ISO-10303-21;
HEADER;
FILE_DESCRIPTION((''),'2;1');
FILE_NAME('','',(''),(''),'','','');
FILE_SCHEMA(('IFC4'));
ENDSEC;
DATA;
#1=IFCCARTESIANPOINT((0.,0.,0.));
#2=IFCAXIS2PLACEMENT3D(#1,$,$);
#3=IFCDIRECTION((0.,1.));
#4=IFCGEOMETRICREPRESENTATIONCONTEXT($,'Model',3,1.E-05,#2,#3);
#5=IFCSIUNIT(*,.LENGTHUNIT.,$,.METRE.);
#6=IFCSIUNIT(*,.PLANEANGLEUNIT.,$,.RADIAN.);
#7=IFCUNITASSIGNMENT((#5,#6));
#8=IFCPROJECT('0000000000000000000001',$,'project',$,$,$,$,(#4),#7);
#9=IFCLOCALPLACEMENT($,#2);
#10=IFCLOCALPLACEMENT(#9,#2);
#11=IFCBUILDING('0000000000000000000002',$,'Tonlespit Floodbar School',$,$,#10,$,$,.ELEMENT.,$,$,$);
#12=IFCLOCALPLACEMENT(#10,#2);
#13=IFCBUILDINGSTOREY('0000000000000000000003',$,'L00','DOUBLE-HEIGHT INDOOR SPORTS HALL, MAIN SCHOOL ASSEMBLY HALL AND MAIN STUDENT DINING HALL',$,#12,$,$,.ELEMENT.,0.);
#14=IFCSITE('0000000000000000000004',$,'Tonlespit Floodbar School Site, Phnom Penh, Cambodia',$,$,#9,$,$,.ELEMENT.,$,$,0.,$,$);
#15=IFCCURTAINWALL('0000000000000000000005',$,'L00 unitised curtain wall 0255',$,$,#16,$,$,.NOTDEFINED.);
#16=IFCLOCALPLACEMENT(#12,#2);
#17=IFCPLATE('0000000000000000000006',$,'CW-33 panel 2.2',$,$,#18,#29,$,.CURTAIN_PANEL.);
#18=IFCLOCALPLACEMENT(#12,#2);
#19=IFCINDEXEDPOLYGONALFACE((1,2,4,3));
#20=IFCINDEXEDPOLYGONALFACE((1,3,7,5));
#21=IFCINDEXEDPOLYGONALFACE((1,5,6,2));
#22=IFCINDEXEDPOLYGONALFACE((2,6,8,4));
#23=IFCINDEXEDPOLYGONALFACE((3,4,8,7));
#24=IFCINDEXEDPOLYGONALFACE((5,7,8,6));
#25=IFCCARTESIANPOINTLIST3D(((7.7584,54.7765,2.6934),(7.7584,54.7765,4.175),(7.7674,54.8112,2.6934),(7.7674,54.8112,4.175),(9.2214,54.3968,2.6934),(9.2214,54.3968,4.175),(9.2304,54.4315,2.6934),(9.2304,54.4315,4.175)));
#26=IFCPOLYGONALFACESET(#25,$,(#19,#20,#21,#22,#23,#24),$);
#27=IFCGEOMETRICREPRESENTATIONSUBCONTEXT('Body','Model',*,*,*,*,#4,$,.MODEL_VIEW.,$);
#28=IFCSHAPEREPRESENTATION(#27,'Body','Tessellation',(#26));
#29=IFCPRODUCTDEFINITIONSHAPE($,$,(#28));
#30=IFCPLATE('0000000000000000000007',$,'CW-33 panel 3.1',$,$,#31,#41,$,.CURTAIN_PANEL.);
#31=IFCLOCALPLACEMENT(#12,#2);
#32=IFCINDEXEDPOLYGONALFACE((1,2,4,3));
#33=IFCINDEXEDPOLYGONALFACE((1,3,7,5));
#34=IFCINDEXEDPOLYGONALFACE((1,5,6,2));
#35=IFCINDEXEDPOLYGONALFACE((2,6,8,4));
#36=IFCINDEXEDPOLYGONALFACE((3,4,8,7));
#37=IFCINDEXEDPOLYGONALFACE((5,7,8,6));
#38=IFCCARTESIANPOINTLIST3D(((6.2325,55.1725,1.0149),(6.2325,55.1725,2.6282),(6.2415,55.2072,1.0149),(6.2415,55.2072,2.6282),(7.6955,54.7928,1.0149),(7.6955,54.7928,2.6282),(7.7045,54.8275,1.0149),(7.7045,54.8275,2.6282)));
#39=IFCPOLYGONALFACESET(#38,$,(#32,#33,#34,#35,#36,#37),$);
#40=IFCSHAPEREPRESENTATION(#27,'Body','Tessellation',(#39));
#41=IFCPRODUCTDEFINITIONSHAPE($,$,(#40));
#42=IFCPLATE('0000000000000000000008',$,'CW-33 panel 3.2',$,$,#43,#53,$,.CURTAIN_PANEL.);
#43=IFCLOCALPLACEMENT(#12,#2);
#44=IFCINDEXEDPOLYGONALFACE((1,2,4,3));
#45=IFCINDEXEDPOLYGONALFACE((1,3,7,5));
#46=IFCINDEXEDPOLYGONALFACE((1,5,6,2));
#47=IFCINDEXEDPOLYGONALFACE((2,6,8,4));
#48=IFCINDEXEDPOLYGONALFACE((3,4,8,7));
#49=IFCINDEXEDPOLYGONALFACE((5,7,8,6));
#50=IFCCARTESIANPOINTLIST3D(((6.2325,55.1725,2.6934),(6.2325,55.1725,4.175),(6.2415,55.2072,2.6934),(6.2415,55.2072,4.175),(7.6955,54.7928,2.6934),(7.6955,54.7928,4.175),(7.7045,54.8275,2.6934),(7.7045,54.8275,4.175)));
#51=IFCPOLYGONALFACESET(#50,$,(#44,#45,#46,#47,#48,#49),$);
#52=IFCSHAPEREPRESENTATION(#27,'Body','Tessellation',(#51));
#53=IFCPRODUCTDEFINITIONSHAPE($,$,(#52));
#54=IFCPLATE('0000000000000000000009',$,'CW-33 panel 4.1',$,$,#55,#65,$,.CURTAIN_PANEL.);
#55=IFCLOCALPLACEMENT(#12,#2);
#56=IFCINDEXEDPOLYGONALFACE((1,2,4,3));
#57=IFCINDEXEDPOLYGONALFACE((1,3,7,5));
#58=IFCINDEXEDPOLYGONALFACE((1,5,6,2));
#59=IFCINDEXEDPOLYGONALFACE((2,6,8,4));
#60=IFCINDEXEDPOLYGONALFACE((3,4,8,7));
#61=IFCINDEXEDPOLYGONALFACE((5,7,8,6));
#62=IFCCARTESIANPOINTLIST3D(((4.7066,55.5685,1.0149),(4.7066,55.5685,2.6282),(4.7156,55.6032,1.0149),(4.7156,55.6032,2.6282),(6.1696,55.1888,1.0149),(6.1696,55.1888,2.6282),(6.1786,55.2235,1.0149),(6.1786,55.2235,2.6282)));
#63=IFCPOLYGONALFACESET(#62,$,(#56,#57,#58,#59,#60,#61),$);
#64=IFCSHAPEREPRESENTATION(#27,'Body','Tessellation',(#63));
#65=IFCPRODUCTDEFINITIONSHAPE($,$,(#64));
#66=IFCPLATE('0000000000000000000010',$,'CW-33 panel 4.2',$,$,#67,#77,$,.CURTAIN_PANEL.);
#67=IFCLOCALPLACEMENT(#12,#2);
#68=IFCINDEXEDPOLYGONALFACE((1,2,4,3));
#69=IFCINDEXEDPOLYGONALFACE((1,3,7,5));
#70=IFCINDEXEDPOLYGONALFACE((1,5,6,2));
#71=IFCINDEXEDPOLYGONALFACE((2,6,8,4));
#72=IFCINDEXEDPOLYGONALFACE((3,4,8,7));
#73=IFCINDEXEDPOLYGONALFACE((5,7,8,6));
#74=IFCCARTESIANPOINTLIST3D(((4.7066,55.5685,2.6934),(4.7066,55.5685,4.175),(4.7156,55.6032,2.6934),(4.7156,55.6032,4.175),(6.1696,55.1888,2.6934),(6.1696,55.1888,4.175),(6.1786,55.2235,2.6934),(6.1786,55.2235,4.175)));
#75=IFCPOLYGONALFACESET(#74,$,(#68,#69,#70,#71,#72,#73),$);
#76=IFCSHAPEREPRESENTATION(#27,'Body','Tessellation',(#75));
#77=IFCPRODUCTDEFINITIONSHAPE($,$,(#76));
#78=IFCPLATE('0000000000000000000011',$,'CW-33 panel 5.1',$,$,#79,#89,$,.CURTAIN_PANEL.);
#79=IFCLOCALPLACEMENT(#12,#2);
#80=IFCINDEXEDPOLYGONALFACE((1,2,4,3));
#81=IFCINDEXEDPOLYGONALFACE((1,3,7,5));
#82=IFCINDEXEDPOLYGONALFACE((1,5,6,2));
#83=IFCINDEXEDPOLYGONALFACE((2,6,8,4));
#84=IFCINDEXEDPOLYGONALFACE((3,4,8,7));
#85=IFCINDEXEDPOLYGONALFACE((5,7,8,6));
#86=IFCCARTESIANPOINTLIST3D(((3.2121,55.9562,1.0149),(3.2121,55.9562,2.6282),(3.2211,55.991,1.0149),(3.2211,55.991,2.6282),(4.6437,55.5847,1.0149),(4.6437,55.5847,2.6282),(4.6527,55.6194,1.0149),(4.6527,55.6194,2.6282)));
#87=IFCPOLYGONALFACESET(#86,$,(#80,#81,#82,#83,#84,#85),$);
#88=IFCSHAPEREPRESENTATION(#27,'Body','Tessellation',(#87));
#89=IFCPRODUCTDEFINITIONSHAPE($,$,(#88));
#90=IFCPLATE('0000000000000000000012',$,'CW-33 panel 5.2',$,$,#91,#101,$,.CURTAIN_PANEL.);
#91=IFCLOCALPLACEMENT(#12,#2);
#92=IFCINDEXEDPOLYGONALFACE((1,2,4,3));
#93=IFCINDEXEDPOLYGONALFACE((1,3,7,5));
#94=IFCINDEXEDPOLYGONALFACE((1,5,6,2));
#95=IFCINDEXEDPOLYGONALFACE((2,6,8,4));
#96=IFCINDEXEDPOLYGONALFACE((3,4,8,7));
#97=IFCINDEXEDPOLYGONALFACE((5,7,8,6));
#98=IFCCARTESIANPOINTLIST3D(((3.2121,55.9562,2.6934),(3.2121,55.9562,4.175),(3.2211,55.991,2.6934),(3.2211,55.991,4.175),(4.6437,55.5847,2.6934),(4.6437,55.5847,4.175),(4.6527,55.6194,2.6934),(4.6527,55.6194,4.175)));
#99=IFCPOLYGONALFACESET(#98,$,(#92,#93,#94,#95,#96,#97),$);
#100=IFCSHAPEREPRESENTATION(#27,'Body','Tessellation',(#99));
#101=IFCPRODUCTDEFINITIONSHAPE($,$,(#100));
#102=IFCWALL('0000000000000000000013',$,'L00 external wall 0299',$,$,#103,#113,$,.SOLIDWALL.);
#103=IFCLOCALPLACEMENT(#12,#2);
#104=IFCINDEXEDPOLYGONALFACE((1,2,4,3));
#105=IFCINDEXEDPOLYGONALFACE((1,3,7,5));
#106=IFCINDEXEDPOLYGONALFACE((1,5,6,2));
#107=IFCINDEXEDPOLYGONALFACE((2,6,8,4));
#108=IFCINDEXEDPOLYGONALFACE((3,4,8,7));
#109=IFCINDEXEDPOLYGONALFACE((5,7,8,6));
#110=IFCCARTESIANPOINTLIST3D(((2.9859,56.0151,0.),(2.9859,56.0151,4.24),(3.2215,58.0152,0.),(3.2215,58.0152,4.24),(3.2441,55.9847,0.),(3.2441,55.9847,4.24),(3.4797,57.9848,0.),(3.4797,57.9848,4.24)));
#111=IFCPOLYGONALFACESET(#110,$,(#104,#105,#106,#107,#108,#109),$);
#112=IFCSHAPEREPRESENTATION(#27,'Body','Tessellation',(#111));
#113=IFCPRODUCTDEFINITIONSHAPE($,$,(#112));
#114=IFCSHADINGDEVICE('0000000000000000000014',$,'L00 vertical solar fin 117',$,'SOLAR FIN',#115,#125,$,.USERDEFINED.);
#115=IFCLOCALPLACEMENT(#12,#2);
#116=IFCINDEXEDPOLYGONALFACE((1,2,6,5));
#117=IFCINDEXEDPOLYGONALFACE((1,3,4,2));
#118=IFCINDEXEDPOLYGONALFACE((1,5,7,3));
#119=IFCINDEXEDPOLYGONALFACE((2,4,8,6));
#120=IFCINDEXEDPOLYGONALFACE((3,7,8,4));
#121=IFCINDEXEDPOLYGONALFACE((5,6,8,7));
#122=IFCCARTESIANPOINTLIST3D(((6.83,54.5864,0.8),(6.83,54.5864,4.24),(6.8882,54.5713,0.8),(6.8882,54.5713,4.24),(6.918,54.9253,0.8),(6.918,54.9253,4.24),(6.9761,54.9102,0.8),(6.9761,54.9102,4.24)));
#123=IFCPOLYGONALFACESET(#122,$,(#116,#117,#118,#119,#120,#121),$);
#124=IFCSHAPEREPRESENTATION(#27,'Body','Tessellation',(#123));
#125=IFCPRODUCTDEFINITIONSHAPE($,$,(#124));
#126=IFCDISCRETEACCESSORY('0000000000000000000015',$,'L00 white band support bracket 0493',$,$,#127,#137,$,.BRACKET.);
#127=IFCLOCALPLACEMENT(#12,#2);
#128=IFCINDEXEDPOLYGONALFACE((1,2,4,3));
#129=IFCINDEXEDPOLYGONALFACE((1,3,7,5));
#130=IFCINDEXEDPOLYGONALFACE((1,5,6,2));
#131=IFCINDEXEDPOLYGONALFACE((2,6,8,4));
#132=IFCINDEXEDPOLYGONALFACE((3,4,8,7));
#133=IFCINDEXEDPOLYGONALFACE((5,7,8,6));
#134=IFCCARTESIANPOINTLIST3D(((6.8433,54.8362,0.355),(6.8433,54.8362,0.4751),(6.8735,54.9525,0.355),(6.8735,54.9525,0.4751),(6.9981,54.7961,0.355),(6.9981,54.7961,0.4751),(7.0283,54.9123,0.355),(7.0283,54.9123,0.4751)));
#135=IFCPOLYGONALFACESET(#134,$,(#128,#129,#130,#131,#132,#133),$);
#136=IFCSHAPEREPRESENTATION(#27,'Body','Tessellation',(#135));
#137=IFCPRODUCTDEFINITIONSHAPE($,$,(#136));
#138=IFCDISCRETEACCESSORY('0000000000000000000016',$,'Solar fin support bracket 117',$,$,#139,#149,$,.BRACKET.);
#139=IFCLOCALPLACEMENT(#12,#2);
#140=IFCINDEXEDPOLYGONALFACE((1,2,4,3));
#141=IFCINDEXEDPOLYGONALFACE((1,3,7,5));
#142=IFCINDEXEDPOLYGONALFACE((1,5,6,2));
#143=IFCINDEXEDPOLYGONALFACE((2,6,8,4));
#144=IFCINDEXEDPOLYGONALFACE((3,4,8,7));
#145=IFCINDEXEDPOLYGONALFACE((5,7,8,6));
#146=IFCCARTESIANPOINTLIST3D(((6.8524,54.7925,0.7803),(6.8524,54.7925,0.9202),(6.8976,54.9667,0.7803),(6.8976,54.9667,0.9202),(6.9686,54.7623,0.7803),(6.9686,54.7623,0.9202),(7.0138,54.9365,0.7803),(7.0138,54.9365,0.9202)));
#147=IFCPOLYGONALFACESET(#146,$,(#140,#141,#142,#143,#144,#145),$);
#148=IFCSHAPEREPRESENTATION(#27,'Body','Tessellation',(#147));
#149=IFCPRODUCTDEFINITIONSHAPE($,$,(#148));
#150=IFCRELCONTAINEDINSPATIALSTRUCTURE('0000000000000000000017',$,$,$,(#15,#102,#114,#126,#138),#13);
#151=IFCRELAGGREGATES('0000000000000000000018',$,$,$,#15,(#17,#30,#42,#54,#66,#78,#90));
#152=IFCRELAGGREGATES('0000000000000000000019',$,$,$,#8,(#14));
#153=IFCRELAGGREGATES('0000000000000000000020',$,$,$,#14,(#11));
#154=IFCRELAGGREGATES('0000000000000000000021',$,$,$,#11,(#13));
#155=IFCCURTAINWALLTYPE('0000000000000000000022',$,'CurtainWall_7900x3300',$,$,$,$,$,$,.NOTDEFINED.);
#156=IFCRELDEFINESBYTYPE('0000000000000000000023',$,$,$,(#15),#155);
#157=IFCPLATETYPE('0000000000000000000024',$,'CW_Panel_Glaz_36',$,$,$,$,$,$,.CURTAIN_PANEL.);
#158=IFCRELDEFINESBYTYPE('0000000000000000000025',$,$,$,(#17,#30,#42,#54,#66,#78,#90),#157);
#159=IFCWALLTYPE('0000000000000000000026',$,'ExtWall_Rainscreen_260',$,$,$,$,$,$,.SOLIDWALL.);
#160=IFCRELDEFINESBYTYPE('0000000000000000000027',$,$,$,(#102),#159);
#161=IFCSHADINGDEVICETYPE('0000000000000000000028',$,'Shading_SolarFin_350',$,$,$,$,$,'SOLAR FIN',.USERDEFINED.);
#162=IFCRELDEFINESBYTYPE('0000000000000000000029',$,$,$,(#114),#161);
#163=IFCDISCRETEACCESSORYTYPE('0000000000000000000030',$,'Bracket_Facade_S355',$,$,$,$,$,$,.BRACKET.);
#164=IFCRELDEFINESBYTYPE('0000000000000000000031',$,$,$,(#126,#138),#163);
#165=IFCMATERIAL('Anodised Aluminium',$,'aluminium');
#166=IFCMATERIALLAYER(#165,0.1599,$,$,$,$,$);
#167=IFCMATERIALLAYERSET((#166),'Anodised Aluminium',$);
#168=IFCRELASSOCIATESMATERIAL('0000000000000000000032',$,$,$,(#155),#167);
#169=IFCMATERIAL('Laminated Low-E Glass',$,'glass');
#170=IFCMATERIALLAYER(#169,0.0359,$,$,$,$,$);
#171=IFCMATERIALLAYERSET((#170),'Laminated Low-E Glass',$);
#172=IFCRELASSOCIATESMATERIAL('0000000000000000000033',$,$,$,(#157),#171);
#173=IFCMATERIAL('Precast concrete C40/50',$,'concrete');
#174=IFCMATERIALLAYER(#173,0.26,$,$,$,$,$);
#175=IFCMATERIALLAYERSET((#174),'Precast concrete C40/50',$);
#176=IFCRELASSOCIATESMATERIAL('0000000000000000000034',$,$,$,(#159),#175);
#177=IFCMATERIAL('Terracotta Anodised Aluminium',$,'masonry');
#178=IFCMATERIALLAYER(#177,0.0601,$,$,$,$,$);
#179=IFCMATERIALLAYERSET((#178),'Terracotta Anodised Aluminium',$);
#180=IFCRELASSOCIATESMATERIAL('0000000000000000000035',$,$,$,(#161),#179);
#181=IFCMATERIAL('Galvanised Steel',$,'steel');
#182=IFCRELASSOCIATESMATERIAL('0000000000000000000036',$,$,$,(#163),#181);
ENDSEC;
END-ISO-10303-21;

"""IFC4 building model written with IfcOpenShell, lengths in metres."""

from ifc_helpers import new_model, si_unit, direction, frame, frame_2d, origin, origin_2d, place, context, subcontext, project, spatial, rectangle, extrude, material, layer, layer_set, type_object, element, aggregate, save


model = new_model("IFC4")

# Units and contexts
model_context = context("Model", 3, precision=1e-05, world=origin(), true_north=direction((0.0, 1.0)))
body_context = subcontext(model_context, "Body", "Model", "MODEL_VIEW")
ifc_project = project(units=[si_unit("LENGTHUNIT", "METRE"), si_unit("PLANEANGLEUNIT", "RADIAN")], contexts=[model_context])

# Site, building, storey
site_placement = place(None, origin())
site = spatial("IfcSite", under=ifc_project, at=site_placement, Name="Tonlespit Floodbar School Site, Phnom Penh, Cambodia", CompositionType="ELEMENT", RefElevation=0.0)
building_placement = place(site_placement, origin())
building = spatial("IfcBuilding", under=site, at=building_placement, Name="Tonlespit Floodbar School", CompositionType="ELEMENT")
storey_placement = place(building_placement, origin())
storey = spatial("IfcBuildingStorey", under=building, at=storey_placement, Name="L00", Description="DOUBLE-HEIGHT INDOOR SPORTS HALL, MAIN SCHOOL ASSEMBLY HALL AND MAIN STUDENT DINING HALL", CompositionType="ELEMENT", Elevation=0.0)

# Curtain wall, plates
ifc_material_1 = material(Name="Anodised Aluminium", Category="aluminium")
ifc_layer_1 = layer(ifc_material_1, 0.1599)
ifc_layer_set_1 = layer_set([ifc_layer_1], Name="Anodised Aluminium")
curtain_wall_type = type_object("IfcCurtainWallType", Name="CurtainWall_7900x3300", PredefinedType="NOTDEFINED", material=ifc_layer_set_1)
curtain_wall_placement = place(storey_placement, origin())
curtain_wall = element("IfcCurtainWall", 1, at=curtain_wall_placement, inside=storey, type_object=curtain_wall_type, Name="L00 unitised curtain wall 0255", PredefinedType="NOTDEFINED")
ifc_material_2 = material(Name="Laminated Low-E Glass", Category="glass")
ifc_layer_2 = layer(ifc_material_2, 0.0359)
ifc_layer_set_2 = layer_set([ifc_layer_2], Name="Laminated Low-E Glass")
plate_type = type_object("IfcPlateType", Name="CW_Panel_Glaz_36", PredefinedType="CURTAIN_PANEL", material=ifc_layer_set_2)
plate_1_placement = place(storey_placement, frame((8.4944, 54.604, 2.6934), z_axis=(0.0, 0.0, 1.0), x_axis=(-0.967935, 0.251201, 0.0)))
plate_1 = element("IfcPlate", 2, at=plate_1_placement, type_object=plate_type, Name="CW-33 panel 2.2", PredefinedType="CURTAIN_PANEL", context=body_context, shape_type="SweptSolid", body=[
    extrude(rectangle(XDim=1.5115, YDim=0.0359, at=origin_2d()), origin(), (0.0, 0.0, 1.0), 1.4817),
])
plate_2_placement = place(storey_placement, frame((6.9685, 55.0, 1.0149), z_axis=(0.0, 0.0, 1.0), x_axis=(-0.967935, 0.251201, 0.0)))
plate_2 = element("IfcPlate", 3, at=plate_2_placement, type_object=plate_type, Name="CW-33 panel 3.1", PredefinedType="CURTAIN_PANEL", context=body_context, shape_type="SweptSolid", body=[
    extrude(rectangle(XDim=1.5115, YDim=0.0359, at=origin_2d()), origin(), (0.0, 0.0, 1.0), 1.6133),
])
plate_3_placement = place(storey_placement, frame((6.9685, 55.0, 2.6934), z_axis=(0.0, 0.0, 1.0), x_axis=(-0.967935, 0.251201, 0.0)))
plate_3 = element("IfcPlate", 4, at=plate_3_placement, type_object=plate_type, Name="CW-33 panel 3.2", PredefinedType="CURTAIN_PANEL", context=body_context, shape_type="SweptSolid", body=[
    extrude(rectangle(XDim=1.5115, YDim=0.0359, at=origin_2d()), origin(), (0.0, 0.0, 1.0), 1.4817),
])
plate_4_placement = place(storey_placement, frame((5.4426, 55.396, 1.0149), z_axis=(0.0, 0.0, 1.0), x_axis=(-0.967935, 0.251201, 0.0)))
plate_4 = element("IfcPlate", 5, at=plate_4_placement, type_object=plate_type, Name="CW-33 panel 4.1", PredefinedType="CURTAIN_PANEL", context=body_context, shape_type="SweptSolid", body=[
    extrude(rectangle(XDim=1.5115, YDim=0.0359, at=origin_2d()), origin(), (0.0, 0.0, 1.0), 1.6133),
])
plate_5_placement = place(storey_placement, frame((5.4426, 55.396, 2.6934), z_axis=(0.0, 0.0, 1.0), x_axis=(-0.967935, 0.251201, 0.0)))
plate_5 = element("IfcPlate", 6, at=plate_5_placement, type_object=plate_type, Name="CW-33 panel 4.2", PredefinedType="CURTAIN_PANEL", context=body_context, shape_type="SweptSolid", body=[
    extrude(rectangle(XDim=1.5115, YDim=0.0359, at=origin_2d()), origin(), (0.0, 0.0, 1.0), 1.4817),
])
plate_6_placement = place(storey_placement, frame((3.9324, 55.7878, 1.0149), z_axis=(0.0, 0.0, 1.0), x_axis=(-0.967935, 0.251201, 0.0)))
plate_6 = element("IfcPlate", 7, at=plate_6_placement, type_object=plate_type, Name="CW-33 panel 5.1", PredefinedType="CURTAIN_PANEL", context=body_context, shape_type="SweptSolid", body=[
    extrude(rectangle(XDim=1.479, YDim=0.0359, at=origin_2d()), origin(), (0.0, 0.0, 1.0), 1.6133),
])
plate_7_placement = place(storey_placement, frame((3.9324, 55.7878, 2.6934), z_axis=(0.0, 0.0, 1.0), x_axis=(-0.967935, 0.251201, 0.0)))
plate_7 = element("IfcPlate", 8, at=plate_7_placement, type_object=plate_type, Name="CW-33 panel 5.2", PredefinedType="CURTAIN_PANEL", context=body_context, shape_type="SweptSolid", body=[
    extrude(rectangle(XDim=1.479, YDim=0.0359, at=origin_2d()), origin(), (0.0, 0.0, 1.0), 1.4817),
])
aggregate(curtain_wall, [plate_1, plate_2, plate_3, plate_4, plate_5, plate_6, plate_7])

# Wall
ifc_material_3 = material(Name="Precast concrete C40/50", Category="concrete")
ifc_layer_3 = layer(ifc_material_3, 0.26)
ifc_layer_set_3 = layer_set([ifc_layer_3], Name="Precast concrete C40/50")
wall_type = type_object("IfcWallType", Name="ExtWall_Rainscreen_260", PredefinedType="SOLIDWALL", material=ifc_layer_set_3)
wall_placement = place(storey_placement, frame((3.115, 56.0, 0.0), z_axis=(0.0, 0.0, 1.0), x_axis=(0.116989, 0.993133, 0.0)))
element("IfcWall", 9, at=wall_placement, inside=storey, type_object=wall_type, Name="L00 external wall 0299", PredefinedType="SOLIDWALL", context=body_context, shape_type="SweptSolid", body=[
    extrude(rectangle(XDim=2.0139, YDim=0.26, at=frame_2d((1.0068, 0.0))), origin(), (0.0, 0.0, 1.0), 4.24),
])

# Shading device
ifc_material_4 = material(Name="Terracotta Anodised Aluminium", Category="masonry")
ifc_layer_4 = layer(ifc_material_4, 0.0601)
ifc_layer_set_4 = layer_set([ifc_layer_4], Name="Terracotta Anodised Aluminium")
shading_device_type = type_object("IfcShadingDeviceType", Name="Shading_SolarFin_350", ElementType="SOLAR FIN", PredefinedType="USERDEFINED", material=ifc_layer_set_4)
shading_device_placement = place(storey_placement, frame((6.9031, 54.7483, 0.8), z_axis=(0.0, 0.0, 1.0), x_axis=(-0.967938, 0.251191, 0.0)))
element("IfcShadingDevice", 10, at=shading_device_placement, inside=storey, type_object=shading_device_type, Name="L00 vertical solar fin 117", ObjectType="SOLAR FIN", PredefinedType="USERDEFINED", context=body_context, shape_type="SweptSolid", body=[
    extrude(rectangle(XDim=0.0601, YDim=0.3501, at=origin_2d()), origin(), (0.0, 0.0, 1.0), 3.4399),
])

# Discrete accessories
ifc_material_5 = material(Name="Galvanised Steel", Category="steel")
discrete_accessory_type = type_object("IfcDiscreteAccessoryType", Name="Bracket_Facade_S355", PredefinedType="BRACKET", material=ifc_material_5)
discrete_accessory_1_placement = place(storey_placement, frame((6.9358, 54.8743, 0.355), z_axis=(0.0, 0.0, 1.0), x_axis=(-0.967938, 0.251191, 0.0)))
element("IfcDiscreteAccessory", 11, at=discrete_accessory_1_placement, inside=storey, type_object=discrete_accessory_type, Name="L00 white band support bracket 0493", PredefinedType="BRACKET", context=body_context, shape_type="SweptSolid", body=[
    extrude(rectangle(XDim=0.1599, YDim=0.1201, at=origin_2d()), origin(), (0.0, 0.0, 1.0), 0.1201),
])
discrete_accessory_2_placement = place(storey_placement, frame((6.9331, 54.8645, 0.7803), z_axis=(0.0, 0.0, 1.0), x_axis=(-0.967938, 0.251191, 0.0)))
element("IfcDiscreteAccessory", 12, at=discrete_accessory_2_placement, inside=storey, type_object=discrete_accessory_type, Name="Solar fin support bracket 117", PredefinedType="BRACKET", context=body_context, shape_type="SweptSolid", body=[
    extrude(rectangle(XDim=0.1201, YDim=0.1799, at=origin_2d()), origin(), (0.0, 0.0, 1.0), 0.1399),
])

save(model, "model.ifc")
